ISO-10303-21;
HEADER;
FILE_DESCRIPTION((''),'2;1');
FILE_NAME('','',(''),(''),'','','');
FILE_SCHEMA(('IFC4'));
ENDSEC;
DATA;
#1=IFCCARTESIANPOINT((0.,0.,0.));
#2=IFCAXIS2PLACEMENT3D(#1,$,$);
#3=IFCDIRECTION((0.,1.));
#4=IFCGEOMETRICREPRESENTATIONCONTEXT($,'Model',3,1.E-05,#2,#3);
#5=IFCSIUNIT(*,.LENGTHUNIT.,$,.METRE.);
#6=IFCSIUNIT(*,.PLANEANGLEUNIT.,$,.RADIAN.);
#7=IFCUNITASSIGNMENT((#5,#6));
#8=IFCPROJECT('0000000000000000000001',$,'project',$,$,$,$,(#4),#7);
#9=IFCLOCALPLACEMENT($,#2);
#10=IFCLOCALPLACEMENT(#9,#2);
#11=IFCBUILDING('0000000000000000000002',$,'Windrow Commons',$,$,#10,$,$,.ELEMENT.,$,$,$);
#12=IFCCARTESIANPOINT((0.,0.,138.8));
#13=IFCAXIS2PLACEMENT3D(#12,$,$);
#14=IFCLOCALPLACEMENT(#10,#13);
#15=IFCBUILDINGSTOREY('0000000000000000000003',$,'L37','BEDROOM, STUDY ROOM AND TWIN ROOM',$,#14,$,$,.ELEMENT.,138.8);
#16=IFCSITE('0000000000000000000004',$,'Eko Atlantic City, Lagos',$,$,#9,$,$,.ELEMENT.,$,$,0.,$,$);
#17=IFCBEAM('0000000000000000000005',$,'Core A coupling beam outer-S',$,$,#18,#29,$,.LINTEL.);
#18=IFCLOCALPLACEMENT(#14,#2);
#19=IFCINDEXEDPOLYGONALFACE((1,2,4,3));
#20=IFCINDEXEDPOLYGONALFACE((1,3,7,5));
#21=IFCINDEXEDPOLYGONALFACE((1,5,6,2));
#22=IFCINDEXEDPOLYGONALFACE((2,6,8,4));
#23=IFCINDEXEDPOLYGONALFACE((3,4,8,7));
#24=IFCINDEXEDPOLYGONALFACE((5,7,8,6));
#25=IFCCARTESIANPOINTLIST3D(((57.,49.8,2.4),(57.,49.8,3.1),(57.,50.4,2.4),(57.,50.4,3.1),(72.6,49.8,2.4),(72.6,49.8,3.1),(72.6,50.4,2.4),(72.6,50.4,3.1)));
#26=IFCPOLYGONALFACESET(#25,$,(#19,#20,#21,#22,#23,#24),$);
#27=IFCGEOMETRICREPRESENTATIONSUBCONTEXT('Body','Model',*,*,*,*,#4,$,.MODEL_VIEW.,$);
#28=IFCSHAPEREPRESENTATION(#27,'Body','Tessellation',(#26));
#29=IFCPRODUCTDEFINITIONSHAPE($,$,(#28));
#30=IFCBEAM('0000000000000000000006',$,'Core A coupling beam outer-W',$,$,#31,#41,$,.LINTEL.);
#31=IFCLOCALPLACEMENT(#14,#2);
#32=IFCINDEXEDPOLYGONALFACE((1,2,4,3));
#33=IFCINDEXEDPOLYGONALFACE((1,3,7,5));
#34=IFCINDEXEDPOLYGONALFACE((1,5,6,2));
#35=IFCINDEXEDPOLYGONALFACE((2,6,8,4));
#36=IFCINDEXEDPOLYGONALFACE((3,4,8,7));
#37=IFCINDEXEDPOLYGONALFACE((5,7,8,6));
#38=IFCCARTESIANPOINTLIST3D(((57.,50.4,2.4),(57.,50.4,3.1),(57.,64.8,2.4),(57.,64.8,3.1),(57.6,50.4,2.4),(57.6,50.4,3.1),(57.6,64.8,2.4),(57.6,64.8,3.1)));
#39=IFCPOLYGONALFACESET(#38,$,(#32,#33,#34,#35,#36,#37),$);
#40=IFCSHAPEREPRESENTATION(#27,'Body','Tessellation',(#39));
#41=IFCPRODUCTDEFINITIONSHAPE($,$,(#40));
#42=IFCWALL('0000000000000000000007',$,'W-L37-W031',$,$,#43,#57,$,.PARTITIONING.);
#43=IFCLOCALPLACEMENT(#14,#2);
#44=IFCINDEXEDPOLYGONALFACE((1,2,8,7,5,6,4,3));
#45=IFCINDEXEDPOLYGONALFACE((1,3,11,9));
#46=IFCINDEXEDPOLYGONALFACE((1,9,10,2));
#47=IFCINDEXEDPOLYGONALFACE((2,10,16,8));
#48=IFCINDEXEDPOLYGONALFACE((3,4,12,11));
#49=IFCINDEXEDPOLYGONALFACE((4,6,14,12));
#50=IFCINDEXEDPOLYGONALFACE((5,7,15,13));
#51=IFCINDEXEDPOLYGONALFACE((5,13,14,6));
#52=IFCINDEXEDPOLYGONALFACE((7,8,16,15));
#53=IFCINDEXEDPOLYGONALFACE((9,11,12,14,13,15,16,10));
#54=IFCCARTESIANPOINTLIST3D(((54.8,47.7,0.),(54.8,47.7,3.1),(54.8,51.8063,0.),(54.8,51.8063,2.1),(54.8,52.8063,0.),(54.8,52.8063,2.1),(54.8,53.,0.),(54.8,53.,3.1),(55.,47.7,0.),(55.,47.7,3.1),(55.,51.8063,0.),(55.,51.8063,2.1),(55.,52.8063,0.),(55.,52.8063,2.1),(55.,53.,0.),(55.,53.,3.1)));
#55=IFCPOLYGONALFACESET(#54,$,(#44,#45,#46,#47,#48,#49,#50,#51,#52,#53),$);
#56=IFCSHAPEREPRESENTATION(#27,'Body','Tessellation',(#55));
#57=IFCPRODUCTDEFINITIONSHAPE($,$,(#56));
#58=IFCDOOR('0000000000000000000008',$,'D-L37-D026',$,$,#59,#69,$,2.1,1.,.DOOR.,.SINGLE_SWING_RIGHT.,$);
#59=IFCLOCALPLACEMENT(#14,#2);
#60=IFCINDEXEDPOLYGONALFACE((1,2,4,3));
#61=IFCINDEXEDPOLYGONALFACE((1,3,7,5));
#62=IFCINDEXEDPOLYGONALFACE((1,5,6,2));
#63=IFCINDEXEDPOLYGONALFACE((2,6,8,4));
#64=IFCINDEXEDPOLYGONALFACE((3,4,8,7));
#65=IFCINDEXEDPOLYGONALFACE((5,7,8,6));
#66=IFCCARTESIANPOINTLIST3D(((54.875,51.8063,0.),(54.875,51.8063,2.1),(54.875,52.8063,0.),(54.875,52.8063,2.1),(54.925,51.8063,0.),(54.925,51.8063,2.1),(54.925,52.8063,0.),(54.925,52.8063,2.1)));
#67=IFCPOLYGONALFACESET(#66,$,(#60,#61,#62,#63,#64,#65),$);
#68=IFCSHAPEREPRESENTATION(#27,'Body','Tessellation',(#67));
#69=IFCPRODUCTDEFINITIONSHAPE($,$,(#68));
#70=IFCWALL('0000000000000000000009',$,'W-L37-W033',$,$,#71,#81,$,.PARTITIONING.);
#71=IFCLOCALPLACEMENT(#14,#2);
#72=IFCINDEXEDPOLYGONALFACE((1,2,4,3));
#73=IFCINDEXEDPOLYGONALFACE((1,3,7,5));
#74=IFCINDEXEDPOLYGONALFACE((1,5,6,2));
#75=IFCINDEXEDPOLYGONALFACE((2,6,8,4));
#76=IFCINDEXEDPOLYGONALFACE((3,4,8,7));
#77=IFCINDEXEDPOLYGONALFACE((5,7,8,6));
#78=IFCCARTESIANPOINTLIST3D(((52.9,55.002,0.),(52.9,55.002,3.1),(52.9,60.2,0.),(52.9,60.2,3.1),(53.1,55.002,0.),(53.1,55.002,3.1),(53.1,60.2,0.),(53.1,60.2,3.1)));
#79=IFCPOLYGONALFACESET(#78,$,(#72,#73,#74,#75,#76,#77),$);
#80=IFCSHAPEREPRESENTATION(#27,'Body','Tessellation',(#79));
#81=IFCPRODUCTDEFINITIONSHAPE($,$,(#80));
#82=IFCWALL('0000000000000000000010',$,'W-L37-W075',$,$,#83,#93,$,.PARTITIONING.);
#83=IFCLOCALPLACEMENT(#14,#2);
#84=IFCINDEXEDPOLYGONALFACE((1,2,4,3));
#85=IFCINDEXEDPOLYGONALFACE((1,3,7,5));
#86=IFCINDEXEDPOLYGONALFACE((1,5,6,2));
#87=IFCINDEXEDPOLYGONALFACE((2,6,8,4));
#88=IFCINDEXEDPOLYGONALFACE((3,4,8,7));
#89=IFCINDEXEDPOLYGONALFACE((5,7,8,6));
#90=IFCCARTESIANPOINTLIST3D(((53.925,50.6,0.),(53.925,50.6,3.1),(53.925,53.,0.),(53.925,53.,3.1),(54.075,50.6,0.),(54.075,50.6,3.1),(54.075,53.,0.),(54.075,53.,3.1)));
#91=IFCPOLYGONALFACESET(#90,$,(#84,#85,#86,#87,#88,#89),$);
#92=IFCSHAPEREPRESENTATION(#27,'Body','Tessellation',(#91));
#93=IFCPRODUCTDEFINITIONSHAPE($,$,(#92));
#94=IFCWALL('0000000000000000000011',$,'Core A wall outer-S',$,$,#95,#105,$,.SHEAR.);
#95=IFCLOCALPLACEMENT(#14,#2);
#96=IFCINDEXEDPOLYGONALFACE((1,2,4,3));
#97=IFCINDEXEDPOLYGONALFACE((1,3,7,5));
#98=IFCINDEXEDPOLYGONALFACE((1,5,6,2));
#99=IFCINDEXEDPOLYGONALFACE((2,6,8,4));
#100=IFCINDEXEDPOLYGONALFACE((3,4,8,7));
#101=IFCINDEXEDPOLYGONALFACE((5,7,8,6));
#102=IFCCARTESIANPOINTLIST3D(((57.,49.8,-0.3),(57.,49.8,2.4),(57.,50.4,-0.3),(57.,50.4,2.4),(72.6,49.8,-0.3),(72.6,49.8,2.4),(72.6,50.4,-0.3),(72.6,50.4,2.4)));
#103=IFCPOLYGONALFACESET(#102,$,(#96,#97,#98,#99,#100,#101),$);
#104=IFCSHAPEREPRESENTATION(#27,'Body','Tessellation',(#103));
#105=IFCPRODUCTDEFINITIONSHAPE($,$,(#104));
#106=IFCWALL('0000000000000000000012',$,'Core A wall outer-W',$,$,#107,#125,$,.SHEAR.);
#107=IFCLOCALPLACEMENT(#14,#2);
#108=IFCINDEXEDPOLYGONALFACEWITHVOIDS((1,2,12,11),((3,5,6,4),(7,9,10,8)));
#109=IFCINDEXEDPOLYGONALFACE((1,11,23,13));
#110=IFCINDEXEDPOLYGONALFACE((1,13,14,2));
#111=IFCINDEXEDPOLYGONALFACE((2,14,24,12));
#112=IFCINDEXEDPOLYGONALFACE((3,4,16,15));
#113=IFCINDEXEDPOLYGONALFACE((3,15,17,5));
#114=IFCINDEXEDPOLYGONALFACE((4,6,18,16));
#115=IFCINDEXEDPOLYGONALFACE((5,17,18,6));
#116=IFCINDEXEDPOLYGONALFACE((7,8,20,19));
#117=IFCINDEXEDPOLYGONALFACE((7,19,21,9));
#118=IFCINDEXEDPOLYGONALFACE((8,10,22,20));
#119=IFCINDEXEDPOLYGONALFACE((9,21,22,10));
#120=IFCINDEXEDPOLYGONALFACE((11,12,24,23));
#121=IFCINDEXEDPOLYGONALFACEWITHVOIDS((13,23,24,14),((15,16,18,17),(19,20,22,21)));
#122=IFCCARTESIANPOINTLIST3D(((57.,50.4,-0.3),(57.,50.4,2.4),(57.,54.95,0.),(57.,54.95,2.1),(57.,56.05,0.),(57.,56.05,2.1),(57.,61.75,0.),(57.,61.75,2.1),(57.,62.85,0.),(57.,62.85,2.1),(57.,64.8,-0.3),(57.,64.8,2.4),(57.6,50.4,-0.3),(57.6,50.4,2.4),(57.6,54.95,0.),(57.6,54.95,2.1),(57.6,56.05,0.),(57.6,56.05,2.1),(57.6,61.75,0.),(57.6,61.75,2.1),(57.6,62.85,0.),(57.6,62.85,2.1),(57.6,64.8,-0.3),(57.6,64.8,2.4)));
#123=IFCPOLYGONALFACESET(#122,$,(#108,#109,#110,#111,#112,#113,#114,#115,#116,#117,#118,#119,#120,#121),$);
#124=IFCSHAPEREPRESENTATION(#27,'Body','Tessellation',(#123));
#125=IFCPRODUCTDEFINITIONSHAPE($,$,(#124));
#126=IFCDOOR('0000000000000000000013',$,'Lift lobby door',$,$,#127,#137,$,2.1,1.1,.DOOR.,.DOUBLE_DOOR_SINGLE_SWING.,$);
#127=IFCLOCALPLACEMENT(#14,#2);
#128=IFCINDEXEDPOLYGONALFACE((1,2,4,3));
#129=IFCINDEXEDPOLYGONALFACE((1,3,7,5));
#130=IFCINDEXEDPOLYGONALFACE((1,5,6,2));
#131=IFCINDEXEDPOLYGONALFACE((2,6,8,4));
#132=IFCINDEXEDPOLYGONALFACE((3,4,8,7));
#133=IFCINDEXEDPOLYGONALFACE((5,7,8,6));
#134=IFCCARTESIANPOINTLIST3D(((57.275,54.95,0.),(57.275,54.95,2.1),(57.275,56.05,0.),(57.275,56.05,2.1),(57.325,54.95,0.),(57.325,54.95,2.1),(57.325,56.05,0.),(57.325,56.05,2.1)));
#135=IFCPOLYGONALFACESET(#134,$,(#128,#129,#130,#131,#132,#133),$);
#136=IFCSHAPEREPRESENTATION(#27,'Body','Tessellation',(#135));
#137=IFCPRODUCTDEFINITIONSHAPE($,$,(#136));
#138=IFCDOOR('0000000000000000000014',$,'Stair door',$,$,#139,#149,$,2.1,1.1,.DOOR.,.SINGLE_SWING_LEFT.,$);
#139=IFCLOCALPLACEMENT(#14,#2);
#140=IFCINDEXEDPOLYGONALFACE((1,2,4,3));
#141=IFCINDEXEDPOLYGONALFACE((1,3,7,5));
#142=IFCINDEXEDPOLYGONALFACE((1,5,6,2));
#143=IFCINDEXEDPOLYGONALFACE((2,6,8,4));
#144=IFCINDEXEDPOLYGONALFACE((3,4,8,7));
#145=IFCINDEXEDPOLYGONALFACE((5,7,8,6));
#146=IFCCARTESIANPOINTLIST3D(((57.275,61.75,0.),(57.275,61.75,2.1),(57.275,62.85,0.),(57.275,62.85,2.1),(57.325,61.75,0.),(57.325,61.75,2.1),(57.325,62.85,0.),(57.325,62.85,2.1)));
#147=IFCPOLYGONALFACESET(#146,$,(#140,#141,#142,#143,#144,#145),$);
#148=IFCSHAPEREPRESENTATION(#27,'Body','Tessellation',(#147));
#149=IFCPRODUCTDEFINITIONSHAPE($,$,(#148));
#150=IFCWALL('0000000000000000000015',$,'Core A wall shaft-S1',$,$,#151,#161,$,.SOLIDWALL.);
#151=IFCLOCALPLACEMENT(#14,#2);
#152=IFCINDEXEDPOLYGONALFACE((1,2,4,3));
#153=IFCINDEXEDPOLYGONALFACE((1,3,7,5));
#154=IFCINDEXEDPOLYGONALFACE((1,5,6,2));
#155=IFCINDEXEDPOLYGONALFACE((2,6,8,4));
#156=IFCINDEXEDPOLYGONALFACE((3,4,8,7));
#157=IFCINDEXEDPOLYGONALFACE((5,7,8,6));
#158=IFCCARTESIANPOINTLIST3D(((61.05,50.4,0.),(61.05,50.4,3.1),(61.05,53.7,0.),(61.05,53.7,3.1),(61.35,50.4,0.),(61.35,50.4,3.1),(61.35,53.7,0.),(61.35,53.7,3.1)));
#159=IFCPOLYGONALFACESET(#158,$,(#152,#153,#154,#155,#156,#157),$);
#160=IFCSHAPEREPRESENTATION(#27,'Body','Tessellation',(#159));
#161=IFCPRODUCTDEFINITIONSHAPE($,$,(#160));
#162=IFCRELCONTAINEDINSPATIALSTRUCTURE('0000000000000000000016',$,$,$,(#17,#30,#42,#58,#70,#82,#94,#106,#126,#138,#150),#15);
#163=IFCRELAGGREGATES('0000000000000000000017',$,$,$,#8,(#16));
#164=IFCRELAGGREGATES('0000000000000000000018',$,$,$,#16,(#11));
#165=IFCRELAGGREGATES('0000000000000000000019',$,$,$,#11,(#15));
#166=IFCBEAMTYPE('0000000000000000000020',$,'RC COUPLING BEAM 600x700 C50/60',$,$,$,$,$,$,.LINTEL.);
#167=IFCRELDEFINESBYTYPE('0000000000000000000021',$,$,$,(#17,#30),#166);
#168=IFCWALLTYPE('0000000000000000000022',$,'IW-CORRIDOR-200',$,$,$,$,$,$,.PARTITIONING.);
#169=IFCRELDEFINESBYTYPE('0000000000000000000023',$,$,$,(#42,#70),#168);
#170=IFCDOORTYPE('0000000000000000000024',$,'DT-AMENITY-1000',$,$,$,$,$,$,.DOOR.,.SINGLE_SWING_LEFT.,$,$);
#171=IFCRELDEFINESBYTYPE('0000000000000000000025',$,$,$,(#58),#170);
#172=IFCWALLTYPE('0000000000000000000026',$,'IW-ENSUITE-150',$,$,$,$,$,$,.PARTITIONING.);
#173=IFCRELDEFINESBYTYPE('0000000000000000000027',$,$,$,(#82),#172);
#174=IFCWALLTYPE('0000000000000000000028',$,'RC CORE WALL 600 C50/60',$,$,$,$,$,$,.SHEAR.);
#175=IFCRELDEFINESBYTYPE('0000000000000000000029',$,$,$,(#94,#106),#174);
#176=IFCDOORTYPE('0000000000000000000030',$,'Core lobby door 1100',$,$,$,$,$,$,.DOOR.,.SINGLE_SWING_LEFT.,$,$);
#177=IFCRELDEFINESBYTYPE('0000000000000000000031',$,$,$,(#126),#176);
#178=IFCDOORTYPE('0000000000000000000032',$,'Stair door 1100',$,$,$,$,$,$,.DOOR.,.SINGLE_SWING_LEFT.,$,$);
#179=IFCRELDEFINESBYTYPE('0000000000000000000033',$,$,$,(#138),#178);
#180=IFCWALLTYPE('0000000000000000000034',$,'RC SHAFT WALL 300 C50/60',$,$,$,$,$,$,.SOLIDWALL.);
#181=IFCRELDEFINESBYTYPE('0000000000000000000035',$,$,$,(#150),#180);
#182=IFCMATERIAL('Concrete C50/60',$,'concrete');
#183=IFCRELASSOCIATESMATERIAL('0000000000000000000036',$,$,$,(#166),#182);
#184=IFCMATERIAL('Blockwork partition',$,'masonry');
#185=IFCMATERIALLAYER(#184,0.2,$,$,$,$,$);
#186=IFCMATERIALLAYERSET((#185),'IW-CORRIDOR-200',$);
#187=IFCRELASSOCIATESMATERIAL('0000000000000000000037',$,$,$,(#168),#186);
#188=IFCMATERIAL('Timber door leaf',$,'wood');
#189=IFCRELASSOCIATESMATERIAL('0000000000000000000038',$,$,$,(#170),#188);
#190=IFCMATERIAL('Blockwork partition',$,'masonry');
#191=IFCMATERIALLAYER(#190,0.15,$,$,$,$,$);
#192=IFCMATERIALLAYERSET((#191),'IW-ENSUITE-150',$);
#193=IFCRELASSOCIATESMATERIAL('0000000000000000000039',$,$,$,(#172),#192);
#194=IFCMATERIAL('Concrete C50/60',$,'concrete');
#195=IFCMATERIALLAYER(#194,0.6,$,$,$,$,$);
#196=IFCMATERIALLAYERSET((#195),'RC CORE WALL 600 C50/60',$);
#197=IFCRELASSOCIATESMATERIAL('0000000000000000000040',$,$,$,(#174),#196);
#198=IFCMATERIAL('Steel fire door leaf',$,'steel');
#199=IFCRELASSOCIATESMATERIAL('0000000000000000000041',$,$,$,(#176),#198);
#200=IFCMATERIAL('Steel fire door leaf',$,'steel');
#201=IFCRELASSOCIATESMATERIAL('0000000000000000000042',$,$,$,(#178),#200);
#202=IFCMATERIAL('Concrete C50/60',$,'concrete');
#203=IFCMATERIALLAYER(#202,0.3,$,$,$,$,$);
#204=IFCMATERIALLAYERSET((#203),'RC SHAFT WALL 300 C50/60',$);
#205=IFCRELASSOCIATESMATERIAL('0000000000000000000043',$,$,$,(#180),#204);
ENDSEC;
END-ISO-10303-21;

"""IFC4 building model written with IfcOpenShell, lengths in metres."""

from ifc_helpers import new_model, si_unit, direction, frame, frame_2d, origin, origin_2d, place, context, subcontext, project, spatial, rectangle, extrude, material, layer, layer_set, material_profile, profile_set, type_object, element, fill, save


model = new_model("IFC4")

# Units and contexts
model_context = context("Model", 3, precision=1e-05, world=origin(), true_north=direction((0.0, 1.0)))
body_context = subcontext(model_context, "Body", "Model", "MODEL_VIEW")
ifc_project = project(units=[si_unit("LENGTHUNIT", "METRE"), si_unit("PLANEANGLEUNIT", "RADIAN")], contexts=[model_context])

# Site, building, storey
site_placement = place(None, origin())
site = spatial("IfcSite", under=ifc_project, at=site_placement, Name="Eko Atlantic City, Lagos", CompositionType="ELEMENT", RefElevation=0.0)
building_placement = place(site_placement, origin())
building = spatial("IfcBuilding", under=site, at=building_placement, Name="Windrow Commons", CompositionType="ELEMENT")
storey_placement = place(building_placement, frame((0.0, 0.0, 138.8)))
storey = spatial("IfcBuildingStorey", under=building, at=storey_placement, Name="L37", Description="BEDROOM, STUDY ROOM AND TWIN ROOM", CompositionType="ELEMENT", Elevation=138.8)

# Beams
ifc_material_1 = material(Name="Concrete C50/60", Category="concrete")
ifc_material_profile = material_profile(ifc_material_1, rectangle(XDim=0.6, YDim=0.7, at=origin_2d()))
ifc_profile_set = profile_set([ifc_material_profile], Name="Concrete C50/60")
beam_type = type_object("IfcBeamType", Name="RC COUPLING BEAM 600x700 C50/60", PredefinedType="LINTEL", material=ifc_profile_set)
beam_1_placement = place(storey_placement, frame((57.0, 50.1, 2.75), z_axis=(1.0, 0.0, 0.0), x_axis=(0.0, 1.0, 0.0)))
element("IfcBeam", 1, at=beam_1_placement, inside=storey, type_object=beam_type, Name="Core A coupling beam outer-S", PredefinedType="LINTEL", context=body_context, shape_type="SweptSolid", body=[
    extrude(rectangle(XDim=0.6, YDim=0.7, at=origin_2d()), origin(), (0.0, 0.0, 1.0), 15.6),
])
beam_2_placement = place(storey_placement, frame((57.3, 50.4, 2.75), z_axis=(0.0, 1.0, 0.0), x_axis=(-1.0, 0.0, 0.0)))
element("IfcBeam", 2, at=beam_2_placement, inside=storey, type_object=beam_type, Name="Core A coupling beam outer-W", PredefinedType="LINTEL", context=body_context, shape_type="SweptSolid", body=[
    extrude(rectangle(XDim=0.6, YDim=0.7, at=origin_2d()), origin(), (0.0, 0.0, 1.0), 14.4),
])

# Wall, opening, door
ifc_material_2 = material(Name="Blockwork partition", Category="masonry")
ifc_layer_1 = layer(ifc_material_2, 0.2)
ifc_layer_set_1 = layer_set([ifc_layer_1], Name="IW-CORRIDOR-200")
wall_type_1 = type_object("IfcWallType", Name="IW-CORRIDOR-200", PredefinedType="PARTITIONING", material=ifc_layer_set_1)
wall_1_placement = place(storey_placement, frame((54.9, 47.7, 0.0), z_axis=(0.0, 0.0, 1.0), x_axis=(0.0, 1.0, 0.0)))
wall_1 = element("IfcWall", 3, at=wall_1_placement, inside=storey, type_object=wall_type_1, Name="W-L37-W031", PredefinedType="PARTITIONING", context=body_context, shape_type="SweptSolid", body=[
    extrude(rectangle(XDim=5.3, YDim=0.2, at=frame_2d((2.65, 0.0))), origin(), (0.0, 0.0, 1.0), 3.1),
])
opening_1_placement = place(wall_1_placement, frame((4.1063, 0.0, 0.0)))
opening_1 = element("IfcOpeningElement", 4, at=opening_1_placement, cuts=wall_1, PredefinedType="OPENING", context=body_context, shape_type="SweptSolid", body=[
    extrude(rectangle(XDim=1.0, YDim=2.1, at=frame_2d((0.5, 1.05))), frame((0.0, 0.11, 0.0), z_axis=(0.0, -1.0, 0.0), x_axis=(1.0, 0.0, 0.0)), (0.0, 0.0, 1.0), 0.22),
])
ifc_material_3 = material(Name="Timber door leaf", Category="wood")
door_type_1 = type_object("IfcDoorType", Name="DT-AMENITY-1000", OperationType="SINGLE_SWING_LEFT", PredefinedType="DOOR", material=ifc_material_3)
door_1_placement = place(opening_1_placement, origin())
door_1 = element("IfcDoor", 5, at=door_1_placement, inside=storey, type_object=door_type_1, Name="D-L37-D026", OperationType="SINGLE_SWING_RIGHT", OverallHeight=2.1, OverallWidth=1.0, PredefinedType="DOOR", context=body_context, shape_type="SweptSolid", body=[
    extrude(rectangle(XDim=1.0, YDim=2.1, at=frame_2d((0.5, 1.05))), frame((0.0, 0.025, 0.0), z_axis=(0.0, -1.0, 0.0), x_axis=(1.0, 0.0, 0.0)), (0.0, 0.0, 1.0), 0.05),
])
fill(opening_1, door_1)

# Walls
wall_2_placement = place(storey_placement, frame((53.0, 55.002, 0.0), z_axis=(0.0, 0.0, 1.0), x_axis=(0.0, 1.0, 0.0)))
element("IfcWall", 6, at=wall_2_placement, inside=storey, type_object=wall_type_1, Name="W-L37-W033", PredefinedType="PARTITIONING", context=body_context, shape_type="SweptSolid", body=[
    extrude(rectangle(XDim=5.198, YDim=0.2, at=frame_2d((2.599, 0.0))), origin(), (0.0, 0.0, 1.0), 3.1),
])
ifc_material_4 = material(Name="Blockwork partition", Category="masonry")
ifc_layer_2 = layer(ifc_material_4, 0.15)
ifc_layer_set_2 = layer_set([ifc_layer_2], Name="IW-ENSUITE-150")
wall_type_2 = type_object("IfcWallType", Name="IW-ENSUITE-150", PredefinedType="PARTITIONING", material=ifc_layer_set_2)
wall_3_placement = place(storey_placement, frame((54.0, 50.6, 0.0), z_axis=(0.0, 0.0, 1.0), x_axis=(0.0, 1.0, 0.0)))
element("IfcWall", 7, at=wall_3_placement, inside=storey, type_object=wall_type_2, Name="W-L37-W075", PredefinedType="PARTITIONING", context=body_context, shape_type="SweptSolid", body=[
    extrude(rectangle(XDim=2.4, YDim=0.15, at=frame_2d((1.2, 0.0))), origin(), (0.0, 0.0, 1.0), 3.1),
])
ifc_material_5 = material(Name="Concrete C50/60", Category="concrete")
ifc_layer_3 = layer(ifc_material_5, 0.6)
ifc_layer_set_3 = layer_set([ifc_layer_3], Name="RC CORE WALL 600 C50/60")
wall_type_3 = type_object("IfcWallType", Name="RC CORE WALL 600 C50/60", PredefinedType="SHEAR", material=ifc_layer_set_3)
wall_4_placement = place(storey_placement, frame((57.0, 50.1, -0.3), z_axis=(0.0, 0.0, 1.0), x_axis=(1.0, 0.0, 0.0)))
element("IfcWall", 8, at=wall_4_placement, inside=storey, type_object=wall_type_3, Name="Core A wall outer-S", PredefinedType="SHEAR", context=body_context, shape_type="SweptSolid", body=[
    extrude(rectangle(XDim=15.6, YDim=0.6, at=frame_2d((7.8, 0.0))), origin(), (0.0, 0.0, 1.0), 2.7),
])

# Wall, openings, doors
wall_5_placement = place(storey_placement, frame((57.3, 50.4, -0.3), z_axis=(0.0, 0.0, 1.0), x_axis=(0.0, 1.0, 0.0)))
wall_5 = element("IfcWall", 9, at=wall_5_placement, inside=storey, type_object=wall_type_3, Name="Core A wall outer-W", PredefinedType="SHEAR", context=body_context, shape_type="SweptSolid", body=[
    extrude(rectangle(XDim=14.4, YDim=0.6, at=frame_2d((7.2, 0.0))), origin(), (0.0, 0.0, 1.0), 2.7),
])
opening_2_placement = place(wall_5_placement, frame((4.55, 0.0, 0.3)))
opening_2 = element("IfcOpeningElement", 10, at=opening_2_placement, cuts=wall_5, PredefinedType="OPENING", context=body_context, shape_type="SweptSolid", body=[
    extrude(rectangle(XDim=1.1, YDim=2.1, at=frame_2d((0.55, 1.05))), frame((0.0, 0.31, 0.0), z_axis=(0.0, -1.0, 0.0), x_axis=(1.0, 0.0, 0.0)), (0.0, 0.0, 1.0), 0.62),
])
opening_3_placement = place(wall_5_placement, frame((11.35, 0.0, 0.3)))
opening_3 = element("IfcOpeningElement", 11, at=opening_3_placement, cuts=wall_5, PredefinedType="OPENING", context=body_context, shape_type="SweptSolid", body=[
    extrude(rectangle(XDim=1.1, YDim=2.1, at=frame_2d((0.55, 1.05))), frame((0.0, 0.31, 0.0), z_axis=(0.0, -1.0, 0.0), x_axis=(1.0, 0.0, 0.0)), (0.0, 0.0, 1.0), 0.62),
])
ifc_material_6 = material(Name="Steel fire door leaf", Category="steel")
door_type_2 = type_object("IfcDoorType", Name="Core lobby door 1100", OperationType="SINGLE_SWING_LEFT", PredefinedType="DOOR", material=ifc_material_6)
door_2_placement = place(opening_2_placement, origin())
door_2 = element("IfcDoor", 12, at=door_2_placement, inside=storey, type_object=door_type_2, Name="Lift lobby door", OperationType="DOUBLE_DOOR_SINGLE_SWING", OverallHeight=2.1, OverallWidth=1.1, PredefinedType="DOOR", context=body_context, shape_type="SweptSolid", body=[
    extrude(rectangle(XDim=1.1, YDim=2.1, at=frame_2d((0.55, 1.05))), frame((0.0, 0.025, 0.0), z_axis=(0.0, -1.0, 0.0), x_axis=(1.0, 0.0, 0.0)), (0.0, 0.0, 1.0), 0.05),
])
fill(opening_2, door_2)
ifc_material_7 = material(Name="Steel fire door leaf", Category="steel")
door_type_3 = type_object("IfcDoorType", Name="Stair door 1100", OperationType="SINGLE_SWING_LEFT", PredefinedType="DOOR", material=ifc_material_7)
door_3_placement = place(opening_3_placement, origin())
door_3 = element("IfcDoor", 13, at=door_3_placement, inside=storey, type_object=door_type_3, Name="Stair door", OperationType="SINGLE_SWING_LEFT", OverallHeight=2.1, OverallWidth=1.1, PredefinedType="DOOR", context=body_context, shape_type="SweptSolid", body=[
    extrude(rectangle(XDim=1.1, YDim=2.1, at=frame_2d((0.55, 1.05))), frame((0.0, 0.025, 0.0), z_axis=(0.0, -1.0, 0.0), x_axis=(1.0, 0.0, 0.0)), (0.0, 0.0, 1.0), 0.05),
])
fill(opening_3, door_3)

# Wall
ifc_material_8 = material(Name="Concrete C50/60", Category="concrete")
ifc_layer_4 = layer(ifc_material_8, 0.3)
ifc_layer_set_4 = layer_set([ifc_layer_4], Name="RC SHAFT WALL 300 C50/60")
wall_type_4 = type_object("IfcWallType", Name="RC SHAFT WALL 300 C50/60", PredefinedType="SOLIDWALL", material=ifc_layer_set_4)
wall_6_placement = place(storey_placement, frame((61.2, 50.4, 0.0), z_axis=(0.0, 0.0, 1.0), x_axis=(0.0, 1.0, 0.0)))
element("IfcWall", 14, at=wall_6_placement, inside=storey, type_object=wall_type_4, Name="Core A wall shaft-S1", PredefinedType="SOLIDWALL", context=body_context, shape_type="SweptSolid", body=[
    extrude(rectangle(XDim=3.3, YDim=0.3, at=frame_2d((1.65, 0.0))), origin(), (0.0, 0.0, 1.0), 3.1),
])

save(model, "model.ifc")
